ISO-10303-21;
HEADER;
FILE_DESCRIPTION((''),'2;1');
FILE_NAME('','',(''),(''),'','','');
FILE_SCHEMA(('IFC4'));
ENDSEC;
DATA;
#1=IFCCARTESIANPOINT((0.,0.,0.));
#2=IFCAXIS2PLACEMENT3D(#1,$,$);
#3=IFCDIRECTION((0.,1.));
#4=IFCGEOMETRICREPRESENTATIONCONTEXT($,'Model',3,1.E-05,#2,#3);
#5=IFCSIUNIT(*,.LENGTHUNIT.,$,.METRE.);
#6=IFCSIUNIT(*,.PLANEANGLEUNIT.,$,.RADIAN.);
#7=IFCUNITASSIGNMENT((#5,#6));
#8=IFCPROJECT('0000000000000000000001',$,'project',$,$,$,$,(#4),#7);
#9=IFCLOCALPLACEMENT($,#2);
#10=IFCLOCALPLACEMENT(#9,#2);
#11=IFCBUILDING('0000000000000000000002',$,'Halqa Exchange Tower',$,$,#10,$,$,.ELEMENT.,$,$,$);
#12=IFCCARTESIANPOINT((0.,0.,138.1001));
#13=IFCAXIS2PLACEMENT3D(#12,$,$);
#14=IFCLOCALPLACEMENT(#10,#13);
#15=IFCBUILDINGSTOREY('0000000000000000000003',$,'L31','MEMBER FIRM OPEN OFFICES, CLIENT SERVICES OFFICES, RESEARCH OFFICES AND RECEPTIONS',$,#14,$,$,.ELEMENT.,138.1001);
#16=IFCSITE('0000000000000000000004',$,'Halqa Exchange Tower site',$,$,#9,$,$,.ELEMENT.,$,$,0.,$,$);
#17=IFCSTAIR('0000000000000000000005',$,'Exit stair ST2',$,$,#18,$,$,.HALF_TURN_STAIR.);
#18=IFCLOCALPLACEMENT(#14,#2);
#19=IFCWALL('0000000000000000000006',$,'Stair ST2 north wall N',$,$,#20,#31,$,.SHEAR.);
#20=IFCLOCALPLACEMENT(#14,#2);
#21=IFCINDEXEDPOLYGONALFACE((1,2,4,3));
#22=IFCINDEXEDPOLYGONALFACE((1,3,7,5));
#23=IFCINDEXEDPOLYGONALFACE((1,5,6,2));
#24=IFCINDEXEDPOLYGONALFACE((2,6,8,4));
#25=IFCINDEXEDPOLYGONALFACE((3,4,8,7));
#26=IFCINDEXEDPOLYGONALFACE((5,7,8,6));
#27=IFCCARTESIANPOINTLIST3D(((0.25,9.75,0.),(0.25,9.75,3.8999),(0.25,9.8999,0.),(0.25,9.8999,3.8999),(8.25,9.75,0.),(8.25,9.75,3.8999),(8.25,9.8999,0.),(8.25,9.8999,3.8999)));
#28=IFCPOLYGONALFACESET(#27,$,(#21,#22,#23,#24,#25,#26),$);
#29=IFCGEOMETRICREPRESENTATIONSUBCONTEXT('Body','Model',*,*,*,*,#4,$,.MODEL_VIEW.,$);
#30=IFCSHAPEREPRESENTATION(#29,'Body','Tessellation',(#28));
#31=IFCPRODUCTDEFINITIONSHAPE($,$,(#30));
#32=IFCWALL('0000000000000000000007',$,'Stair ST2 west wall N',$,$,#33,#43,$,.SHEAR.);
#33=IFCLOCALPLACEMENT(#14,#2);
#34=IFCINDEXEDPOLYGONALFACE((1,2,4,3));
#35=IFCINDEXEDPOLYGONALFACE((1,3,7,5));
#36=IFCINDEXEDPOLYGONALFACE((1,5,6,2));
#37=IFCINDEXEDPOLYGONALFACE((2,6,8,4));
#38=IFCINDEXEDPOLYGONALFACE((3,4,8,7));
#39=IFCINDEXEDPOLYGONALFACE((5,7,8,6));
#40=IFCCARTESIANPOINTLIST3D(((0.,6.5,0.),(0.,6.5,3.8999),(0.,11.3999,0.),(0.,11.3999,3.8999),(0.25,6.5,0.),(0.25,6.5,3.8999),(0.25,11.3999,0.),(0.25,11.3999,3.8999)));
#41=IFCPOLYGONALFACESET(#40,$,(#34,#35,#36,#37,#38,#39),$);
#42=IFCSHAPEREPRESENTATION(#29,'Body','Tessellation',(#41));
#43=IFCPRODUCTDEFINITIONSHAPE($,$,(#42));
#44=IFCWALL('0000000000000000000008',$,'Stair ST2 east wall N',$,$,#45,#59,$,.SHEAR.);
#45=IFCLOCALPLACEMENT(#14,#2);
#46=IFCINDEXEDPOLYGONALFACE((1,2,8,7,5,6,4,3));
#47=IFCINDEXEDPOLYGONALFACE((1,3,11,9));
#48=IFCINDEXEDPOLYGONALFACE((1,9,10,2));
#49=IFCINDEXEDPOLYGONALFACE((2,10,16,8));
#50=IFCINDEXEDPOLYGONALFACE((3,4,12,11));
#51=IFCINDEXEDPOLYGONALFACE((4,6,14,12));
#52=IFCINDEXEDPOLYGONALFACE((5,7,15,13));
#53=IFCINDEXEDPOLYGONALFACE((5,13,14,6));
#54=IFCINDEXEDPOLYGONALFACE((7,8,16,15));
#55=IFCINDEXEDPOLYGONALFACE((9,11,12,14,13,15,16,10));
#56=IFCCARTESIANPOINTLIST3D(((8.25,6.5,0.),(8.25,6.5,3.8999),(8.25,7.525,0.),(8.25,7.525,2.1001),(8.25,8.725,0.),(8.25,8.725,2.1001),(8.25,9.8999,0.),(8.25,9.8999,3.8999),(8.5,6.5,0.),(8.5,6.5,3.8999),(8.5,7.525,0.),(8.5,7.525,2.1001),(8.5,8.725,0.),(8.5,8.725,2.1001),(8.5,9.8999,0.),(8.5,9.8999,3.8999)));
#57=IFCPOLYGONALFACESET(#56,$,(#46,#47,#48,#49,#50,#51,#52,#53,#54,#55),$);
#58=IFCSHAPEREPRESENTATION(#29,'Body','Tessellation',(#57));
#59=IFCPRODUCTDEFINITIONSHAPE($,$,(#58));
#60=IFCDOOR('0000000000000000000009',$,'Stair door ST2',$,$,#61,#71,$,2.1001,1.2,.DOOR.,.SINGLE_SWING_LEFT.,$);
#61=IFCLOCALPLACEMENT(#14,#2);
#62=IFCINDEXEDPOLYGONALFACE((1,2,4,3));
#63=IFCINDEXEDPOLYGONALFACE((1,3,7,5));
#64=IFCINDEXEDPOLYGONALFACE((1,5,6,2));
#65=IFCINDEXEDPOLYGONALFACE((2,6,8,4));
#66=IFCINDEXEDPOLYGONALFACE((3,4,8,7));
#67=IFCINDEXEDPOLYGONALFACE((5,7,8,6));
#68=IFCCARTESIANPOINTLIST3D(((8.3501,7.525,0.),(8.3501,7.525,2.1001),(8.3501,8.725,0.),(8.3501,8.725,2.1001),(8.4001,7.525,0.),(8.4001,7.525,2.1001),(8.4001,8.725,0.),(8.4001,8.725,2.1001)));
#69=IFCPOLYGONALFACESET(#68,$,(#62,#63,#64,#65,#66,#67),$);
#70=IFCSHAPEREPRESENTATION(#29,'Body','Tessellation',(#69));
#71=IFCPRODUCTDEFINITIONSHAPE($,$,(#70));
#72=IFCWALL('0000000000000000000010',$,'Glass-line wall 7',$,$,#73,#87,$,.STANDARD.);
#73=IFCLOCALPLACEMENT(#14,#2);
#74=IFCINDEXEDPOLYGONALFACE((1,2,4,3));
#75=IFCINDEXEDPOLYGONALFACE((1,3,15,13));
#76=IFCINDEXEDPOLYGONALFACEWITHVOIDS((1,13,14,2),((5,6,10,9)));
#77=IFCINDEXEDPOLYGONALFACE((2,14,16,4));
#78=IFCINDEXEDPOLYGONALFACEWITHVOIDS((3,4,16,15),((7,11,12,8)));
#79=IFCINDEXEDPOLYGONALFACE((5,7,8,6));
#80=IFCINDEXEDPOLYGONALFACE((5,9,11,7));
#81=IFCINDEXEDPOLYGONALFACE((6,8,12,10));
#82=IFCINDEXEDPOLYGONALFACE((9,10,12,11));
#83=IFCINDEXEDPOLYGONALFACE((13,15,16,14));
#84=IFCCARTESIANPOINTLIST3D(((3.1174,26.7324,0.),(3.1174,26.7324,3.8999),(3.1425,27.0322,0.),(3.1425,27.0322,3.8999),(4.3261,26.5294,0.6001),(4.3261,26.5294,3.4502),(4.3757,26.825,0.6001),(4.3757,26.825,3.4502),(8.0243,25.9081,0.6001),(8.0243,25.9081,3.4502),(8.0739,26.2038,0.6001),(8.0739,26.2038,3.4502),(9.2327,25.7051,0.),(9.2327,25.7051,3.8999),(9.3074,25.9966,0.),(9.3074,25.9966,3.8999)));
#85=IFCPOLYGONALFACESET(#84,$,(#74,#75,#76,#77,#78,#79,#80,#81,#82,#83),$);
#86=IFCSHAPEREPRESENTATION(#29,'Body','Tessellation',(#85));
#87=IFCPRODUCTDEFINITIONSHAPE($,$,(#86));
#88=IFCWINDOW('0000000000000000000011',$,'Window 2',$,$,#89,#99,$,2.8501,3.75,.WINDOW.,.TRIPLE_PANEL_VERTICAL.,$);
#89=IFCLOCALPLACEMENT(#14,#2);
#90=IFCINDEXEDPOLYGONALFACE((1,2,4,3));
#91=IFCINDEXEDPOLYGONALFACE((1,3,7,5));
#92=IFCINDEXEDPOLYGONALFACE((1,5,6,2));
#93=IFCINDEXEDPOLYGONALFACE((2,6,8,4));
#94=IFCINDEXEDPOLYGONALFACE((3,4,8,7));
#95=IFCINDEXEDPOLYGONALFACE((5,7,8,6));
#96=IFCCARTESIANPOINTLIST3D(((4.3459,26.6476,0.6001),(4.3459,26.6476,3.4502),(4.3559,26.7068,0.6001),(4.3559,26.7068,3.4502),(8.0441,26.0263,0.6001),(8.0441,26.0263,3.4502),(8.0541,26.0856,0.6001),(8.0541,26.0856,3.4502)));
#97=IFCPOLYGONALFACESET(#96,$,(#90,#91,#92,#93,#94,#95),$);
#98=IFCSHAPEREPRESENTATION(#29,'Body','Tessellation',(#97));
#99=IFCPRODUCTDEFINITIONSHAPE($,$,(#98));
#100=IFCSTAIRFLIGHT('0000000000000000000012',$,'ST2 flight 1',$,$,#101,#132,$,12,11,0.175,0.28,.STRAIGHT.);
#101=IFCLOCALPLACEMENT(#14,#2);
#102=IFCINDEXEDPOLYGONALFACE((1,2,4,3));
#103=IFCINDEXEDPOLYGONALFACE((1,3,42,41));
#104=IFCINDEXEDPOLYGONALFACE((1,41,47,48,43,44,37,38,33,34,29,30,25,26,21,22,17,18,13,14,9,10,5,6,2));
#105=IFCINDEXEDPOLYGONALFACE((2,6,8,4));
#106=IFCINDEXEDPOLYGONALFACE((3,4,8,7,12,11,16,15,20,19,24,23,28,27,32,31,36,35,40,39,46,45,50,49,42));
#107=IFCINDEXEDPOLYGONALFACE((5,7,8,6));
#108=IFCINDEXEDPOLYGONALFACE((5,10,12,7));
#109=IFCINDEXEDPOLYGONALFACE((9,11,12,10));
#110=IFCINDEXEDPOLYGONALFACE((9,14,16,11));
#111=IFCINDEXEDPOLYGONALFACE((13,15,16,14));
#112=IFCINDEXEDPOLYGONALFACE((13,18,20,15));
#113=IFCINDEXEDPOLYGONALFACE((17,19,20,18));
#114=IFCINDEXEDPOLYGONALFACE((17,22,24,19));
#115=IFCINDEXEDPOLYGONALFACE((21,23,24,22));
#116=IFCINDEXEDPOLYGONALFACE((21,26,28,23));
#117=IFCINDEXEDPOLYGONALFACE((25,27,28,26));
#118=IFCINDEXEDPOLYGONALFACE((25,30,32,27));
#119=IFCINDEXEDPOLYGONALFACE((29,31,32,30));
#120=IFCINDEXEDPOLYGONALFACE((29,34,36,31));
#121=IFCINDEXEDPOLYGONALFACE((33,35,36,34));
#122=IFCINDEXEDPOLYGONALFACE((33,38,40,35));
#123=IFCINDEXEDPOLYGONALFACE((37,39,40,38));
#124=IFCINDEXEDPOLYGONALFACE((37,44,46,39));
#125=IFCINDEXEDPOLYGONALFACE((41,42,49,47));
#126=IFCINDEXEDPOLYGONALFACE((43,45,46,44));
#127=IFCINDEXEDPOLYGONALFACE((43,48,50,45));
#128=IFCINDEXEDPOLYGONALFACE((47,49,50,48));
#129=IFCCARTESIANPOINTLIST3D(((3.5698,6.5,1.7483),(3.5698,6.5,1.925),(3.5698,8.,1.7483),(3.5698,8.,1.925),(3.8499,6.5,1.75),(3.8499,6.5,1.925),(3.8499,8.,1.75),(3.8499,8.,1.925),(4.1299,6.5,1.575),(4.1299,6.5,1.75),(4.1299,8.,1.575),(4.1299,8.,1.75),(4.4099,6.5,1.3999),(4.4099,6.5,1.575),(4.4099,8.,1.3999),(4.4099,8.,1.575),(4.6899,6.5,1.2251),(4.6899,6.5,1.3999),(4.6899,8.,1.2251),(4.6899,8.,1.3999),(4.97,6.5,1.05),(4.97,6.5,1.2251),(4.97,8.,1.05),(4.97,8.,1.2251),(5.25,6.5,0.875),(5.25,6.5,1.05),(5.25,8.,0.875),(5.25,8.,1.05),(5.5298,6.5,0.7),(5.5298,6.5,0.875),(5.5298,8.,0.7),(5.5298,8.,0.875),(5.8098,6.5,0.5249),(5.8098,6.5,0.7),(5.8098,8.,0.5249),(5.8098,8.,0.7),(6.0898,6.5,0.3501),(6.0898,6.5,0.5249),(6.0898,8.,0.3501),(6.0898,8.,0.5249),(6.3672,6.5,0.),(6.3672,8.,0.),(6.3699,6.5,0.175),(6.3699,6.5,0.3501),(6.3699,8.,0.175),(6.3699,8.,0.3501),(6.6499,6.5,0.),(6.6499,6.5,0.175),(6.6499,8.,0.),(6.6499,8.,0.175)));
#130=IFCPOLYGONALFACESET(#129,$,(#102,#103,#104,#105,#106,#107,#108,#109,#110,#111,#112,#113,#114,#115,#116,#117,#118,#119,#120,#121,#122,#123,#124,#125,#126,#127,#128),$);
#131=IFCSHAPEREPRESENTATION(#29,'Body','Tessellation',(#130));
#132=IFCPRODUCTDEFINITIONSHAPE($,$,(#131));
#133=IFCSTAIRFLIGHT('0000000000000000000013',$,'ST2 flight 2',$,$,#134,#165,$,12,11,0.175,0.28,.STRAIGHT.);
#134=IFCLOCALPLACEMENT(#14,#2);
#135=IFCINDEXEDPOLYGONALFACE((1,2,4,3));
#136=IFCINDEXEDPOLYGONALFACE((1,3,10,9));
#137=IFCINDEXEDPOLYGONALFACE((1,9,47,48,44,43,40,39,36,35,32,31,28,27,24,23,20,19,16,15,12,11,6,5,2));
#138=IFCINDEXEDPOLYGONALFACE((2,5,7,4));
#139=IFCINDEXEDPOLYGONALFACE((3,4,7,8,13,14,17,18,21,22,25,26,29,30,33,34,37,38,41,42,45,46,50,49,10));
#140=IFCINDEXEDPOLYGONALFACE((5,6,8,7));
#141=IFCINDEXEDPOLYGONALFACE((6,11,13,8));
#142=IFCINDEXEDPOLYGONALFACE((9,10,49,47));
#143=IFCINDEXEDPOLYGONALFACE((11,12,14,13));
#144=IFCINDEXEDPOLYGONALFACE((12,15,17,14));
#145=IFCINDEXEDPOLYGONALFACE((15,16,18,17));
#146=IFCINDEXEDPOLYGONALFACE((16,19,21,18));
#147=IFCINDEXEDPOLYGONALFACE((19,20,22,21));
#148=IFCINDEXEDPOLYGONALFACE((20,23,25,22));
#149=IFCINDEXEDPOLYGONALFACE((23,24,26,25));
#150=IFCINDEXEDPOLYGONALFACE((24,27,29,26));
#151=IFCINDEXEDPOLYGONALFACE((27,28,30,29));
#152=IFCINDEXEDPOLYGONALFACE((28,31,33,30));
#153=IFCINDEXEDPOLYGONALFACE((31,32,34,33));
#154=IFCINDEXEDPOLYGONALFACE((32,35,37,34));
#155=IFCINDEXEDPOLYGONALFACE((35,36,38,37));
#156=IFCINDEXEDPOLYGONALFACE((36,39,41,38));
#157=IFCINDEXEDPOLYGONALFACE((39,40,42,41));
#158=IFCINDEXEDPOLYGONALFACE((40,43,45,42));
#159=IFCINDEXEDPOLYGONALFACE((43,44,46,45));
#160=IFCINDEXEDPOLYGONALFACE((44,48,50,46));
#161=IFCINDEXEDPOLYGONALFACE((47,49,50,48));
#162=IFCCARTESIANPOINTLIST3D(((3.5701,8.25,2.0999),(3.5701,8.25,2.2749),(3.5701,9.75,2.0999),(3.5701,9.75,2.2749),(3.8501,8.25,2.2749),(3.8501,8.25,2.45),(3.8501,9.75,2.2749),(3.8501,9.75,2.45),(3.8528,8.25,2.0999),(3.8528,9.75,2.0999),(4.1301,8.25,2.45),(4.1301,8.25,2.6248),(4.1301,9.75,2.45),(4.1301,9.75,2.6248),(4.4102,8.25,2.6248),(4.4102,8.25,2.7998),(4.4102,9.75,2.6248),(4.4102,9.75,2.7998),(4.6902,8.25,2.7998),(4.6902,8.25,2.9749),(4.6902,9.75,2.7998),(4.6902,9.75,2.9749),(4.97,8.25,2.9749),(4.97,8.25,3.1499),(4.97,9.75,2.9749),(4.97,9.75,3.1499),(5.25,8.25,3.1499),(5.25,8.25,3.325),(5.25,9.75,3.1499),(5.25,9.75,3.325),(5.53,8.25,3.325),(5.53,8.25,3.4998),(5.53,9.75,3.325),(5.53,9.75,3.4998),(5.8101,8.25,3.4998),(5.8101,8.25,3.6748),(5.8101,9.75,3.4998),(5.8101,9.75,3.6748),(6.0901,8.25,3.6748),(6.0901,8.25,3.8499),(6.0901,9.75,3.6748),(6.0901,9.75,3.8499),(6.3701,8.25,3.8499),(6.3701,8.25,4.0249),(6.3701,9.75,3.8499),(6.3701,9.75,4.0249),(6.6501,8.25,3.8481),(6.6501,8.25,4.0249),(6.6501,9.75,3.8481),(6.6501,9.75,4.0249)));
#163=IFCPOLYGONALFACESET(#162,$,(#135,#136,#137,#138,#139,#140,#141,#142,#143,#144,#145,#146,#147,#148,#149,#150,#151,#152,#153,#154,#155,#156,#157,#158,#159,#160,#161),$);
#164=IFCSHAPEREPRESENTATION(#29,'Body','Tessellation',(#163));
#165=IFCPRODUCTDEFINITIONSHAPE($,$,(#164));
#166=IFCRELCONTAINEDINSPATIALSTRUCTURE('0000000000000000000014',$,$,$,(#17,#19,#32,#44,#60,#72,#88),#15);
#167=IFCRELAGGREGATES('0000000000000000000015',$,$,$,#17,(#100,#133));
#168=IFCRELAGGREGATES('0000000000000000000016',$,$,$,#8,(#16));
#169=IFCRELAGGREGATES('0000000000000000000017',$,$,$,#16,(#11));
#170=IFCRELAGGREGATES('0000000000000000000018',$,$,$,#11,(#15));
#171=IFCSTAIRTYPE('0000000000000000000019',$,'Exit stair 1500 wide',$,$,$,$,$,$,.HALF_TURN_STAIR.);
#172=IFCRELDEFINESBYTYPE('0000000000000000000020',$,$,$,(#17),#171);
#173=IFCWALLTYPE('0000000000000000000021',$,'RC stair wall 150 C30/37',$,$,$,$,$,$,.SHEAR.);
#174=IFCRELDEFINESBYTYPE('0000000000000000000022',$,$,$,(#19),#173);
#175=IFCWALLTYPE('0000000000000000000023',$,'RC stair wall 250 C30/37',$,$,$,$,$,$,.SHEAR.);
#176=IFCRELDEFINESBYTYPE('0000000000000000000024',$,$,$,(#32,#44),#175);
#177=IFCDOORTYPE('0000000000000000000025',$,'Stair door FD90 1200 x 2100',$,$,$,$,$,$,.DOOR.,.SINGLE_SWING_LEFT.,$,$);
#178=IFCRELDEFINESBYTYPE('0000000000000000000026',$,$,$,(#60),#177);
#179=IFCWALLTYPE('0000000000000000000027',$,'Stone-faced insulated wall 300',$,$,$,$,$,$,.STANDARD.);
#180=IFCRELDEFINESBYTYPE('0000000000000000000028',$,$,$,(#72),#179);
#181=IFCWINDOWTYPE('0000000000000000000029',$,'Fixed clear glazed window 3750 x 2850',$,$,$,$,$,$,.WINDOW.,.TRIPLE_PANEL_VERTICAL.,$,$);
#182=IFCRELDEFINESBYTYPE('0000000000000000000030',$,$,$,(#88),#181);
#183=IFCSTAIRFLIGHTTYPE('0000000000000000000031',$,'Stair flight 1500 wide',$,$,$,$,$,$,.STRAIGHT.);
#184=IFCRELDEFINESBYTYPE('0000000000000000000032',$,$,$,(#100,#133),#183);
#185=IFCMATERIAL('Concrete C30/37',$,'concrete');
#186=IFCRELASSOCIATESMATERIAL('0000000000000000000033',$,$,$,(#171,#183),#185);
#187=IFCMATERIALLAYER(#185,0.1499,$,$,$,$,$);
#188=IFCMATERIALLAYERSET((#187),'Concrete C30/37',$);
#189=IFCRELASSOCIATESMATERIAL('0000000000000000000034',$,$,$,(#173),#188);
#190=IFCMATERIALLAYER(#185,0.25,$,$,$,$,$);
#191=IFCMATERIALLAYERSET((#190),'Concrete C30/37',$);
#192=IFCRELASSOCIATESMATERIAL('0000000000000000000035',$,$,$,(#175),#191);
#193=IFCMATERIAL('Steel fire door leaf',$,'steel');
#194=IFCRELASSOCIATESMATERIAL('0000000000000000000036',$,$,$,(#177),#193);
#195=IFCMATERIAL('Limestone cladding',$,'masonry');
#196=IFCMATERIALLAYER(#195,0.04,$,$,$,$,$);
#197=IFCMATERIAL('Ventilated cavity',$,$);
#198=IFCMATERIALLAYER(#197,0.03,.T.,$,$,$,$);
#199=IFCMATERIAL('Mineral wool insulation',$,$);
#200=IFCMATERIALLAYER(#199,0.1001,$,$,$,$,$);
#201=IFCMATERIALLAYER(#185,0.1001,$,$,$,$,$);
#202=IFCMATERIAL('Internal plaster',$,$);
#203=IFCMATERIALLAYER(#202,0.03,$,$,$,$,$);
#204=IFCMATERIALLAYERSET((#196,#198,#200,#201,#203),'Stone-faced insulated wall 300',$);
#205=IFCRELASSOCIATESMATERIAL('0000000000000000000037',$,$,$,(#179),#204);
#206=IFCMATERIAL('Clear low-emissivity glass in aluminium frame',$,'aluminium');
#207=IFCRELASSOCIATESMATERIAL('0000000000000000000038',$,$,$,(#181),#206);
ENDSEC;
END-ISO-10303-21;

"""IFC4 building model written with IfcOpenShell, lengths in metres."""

from ifc_helpers import new_model, si_unit, direction, frame, frame_2d, origin, place, context, subcontext, project, spatial, polyline, rectangle, outline, extrude, material, layer, layer_set, type_object, element, fill, aggregate, save


model = new_model("IFC4")

# Units and contexts
model_context = context("Model", 3, precision=1e-05, world=origin(), true_north=direction((0.0, 1.0)))
body_context = subcontext(model_context, "Body", "Model", "MODEL_VIEW")
ifc_project = project(units=[si_unit("LENGTHUNIT", "METRE"), si_unit("PLANEANGLEUNIT", "RADIAN")], contexts=[model_context])

# Site, building, storey
site_placement = place(None, origin())
site = spatial("IfcSite", under=ifc_project, at=site_placement, Name="Halqa Exchange Tower site", CompositionType="ELEMENT", RefElevation=0.0)
building_placement = place(site_placement, origin())
building = spatial("IfcBuilding", under=site, at=building_placement, Name="Halqa Exchange Tower", CompositionType="ELEMENT")
storey_placement = place(building_placement, frame((0.0, 0.0, 138.1001)))
storey = spatial("IfcBuildingStorey", under=building, at=storey_placement, Name="L31", Description="MEMBER FIRM OPEN OFFICES, CLIENT SERVICES OFFICES, RESEARCH OFFICES AND RECEPTIONS", CompositionType="ELEMENT", Elevation=138.1001)

# Stair
ifc_material_1 = material(Name="Concrete C30/37", Category="concrete")
stair_type = type_object("IfcStairType", Name="Exit stair 1500 wide", PredefinedType="HALF_TURN_STAIR", material=ifc_material_1)
stair_1_placement = place(storey_placement, origin())
stair_1 = element("IfcStair", 1, at=stair_1_placement, inside=storey, type_object=stair_type, Name="Exit stair ST2", PredefinedType="HALF_TURN_STAIR")

# Walls
ifc_layer_1 = layer(ifc_material_1, 0.1499)
ifc_layer_set_1 = layer_set([ifc_layer_1], Name="Concrete C30/37")
wall_type_1 = type_object("IfcWallType", Name="RC stair wall 150 C30/37", PredefinedType="SHEAR", material=ifc_layer_set_1)
wall_1_placement = place(storey_placement, frame((0.25, 9.825, 0.0), z_axis=(0.0, 0.0, 1.0), x_axis=(1.0, 0.0, 0.0)))
element("IfcWall", 2, at=wall_1_placement, inside=storey, type_object=wall_type_1, Name="Stair ST2 north wall N", PredefinedType="SHEAR", context=body_context, shape_type="SweptSolid", body=[
    extrude(rectangle(XDim=8.0, YDim=0.1499, at=frame_2d((4.0, 0.0))), origin(), (0.0, 0.0, 1.0), 3.8999),
])
ifc_layer_2 = layer(ifc_material_1, 0.25)
ifc_layer_set_2 = layer_set([ifc_layer_2], Name="Concrete C30/37")
wall_type_2 = type_object("IfcWallType", Name="RC stair wall 250 C30/37", PredefinedType="SHEAR", material=ifc_layer_set_2)
wall_2_placement = place(storey_placement, frame((0.125, 6.5, 0.0), z_axis=(0.0, 0.0, 1.0), x_axis=(0.0, 1.0, 0.0)))
element("IfcWall", 3, at=wall_2_placement, inside=storey, type_object=wall_type_2, Name="Stair ST2 west wall N", PredefinedType="SHEAR", context=body_context, shape_type="SweptSolid", body=[
    extrude(rectangle(XDim=4.8999, YDim=0.25, at=frame_2d((2.45, 0.0))), origin(), (0.0, 0.0, 1.0), 3.8999),
])

# Wall, opening, door
wall_3_placement = place(storey_placement, frame((8.375, 6.5, 0.0), z_axis=(0.0, 0.0, 1.0), x_axis=(0.0, 1.0, 0.0)))
wall_3 = element("IfcWall", 4, at=wall_3_placement, inside=storey, type_object=wall_type_2, Name="Stair ST2 east wall N", PredefinedType="SHEAR", context=body_context, shape_type="SweptSolid", body=[
    extrude(rectangle(XDim=3.3999, YDim=0.25, at=frame_2d((1.7, 0.0))), origin(), (0.0, 0.0, 1.0), 3.8999),
])
opening_1_placement = place(wall_3_placement, frame((1.0249, 0.0, 0.0)))
opening_1 = element("IfcOpeningElement", 5, at=opening_1_placement, cuts=wall_3, PredefinedType="OPENING", context=body_context, shape_type="SweptSolid", body=[
    extrude(rectangle(XDim=1.2, YDim=2.1001, at=frame_2d((0.6001, 1.05))), frame((0.0, 0.137, 0.0), z_axis=(0.0, -1.0, 0.0), x_axis=(1.0, 0.0, 0.0)), (0.0, 0.0, 1.0), 0.2739),
])
ifc_material_2 = material(Name="Steel fire door leaf", Category="steel")
door_type_1 = type_object("IfcDoorType", Name="Stair door FD90 1200 x 2100", OperationType="SINGLE_SWING_LEFT", PredefinedType="DOOR", material=ifc_material_2)
door_1_placement = place(opening_1_placement, origin())
door_1 = element("IfcDoor", 6, at=door_1_placement, inside=storey, type_object=door_type_1, Name="Stair door ST2", OperationType="SINGLE_SWING_LEFT", OverallHeight=2.1001, OverallWidth=1.2, PredefinedType="DOOR", context=body_context, shape_type="SweptSolid", body=[
    extrude(rectangle(XDim=1.2, YDim=2.1001, at=frame_2d((0.6001, 1.05))), frame((0.0, 0.0249, 0.0), z_axis=(0.0, -1.0, 0.0), x_axis=(1.0, 0.0, 0.0)), (0.0, 0.0, 1.0), 0.05),
])
fill(opening_1, door_1)

# Wall, opening, window
ifc_material_3 = material(Name="Limestone cladding", Category="masonry")
ifc_layer_3 = layer(ifc_material_3, 0.04)
ifc_material_4 = material(Name="Ventilated cavity")
ifc_layer_4 = layer(ifc_material_4, 0.03, ventilated=True)
ifc_material_5 = material(Name="Mineral wool insulation")
ifc_layer_5 = layer(ifc_material_5, 0.1001)
ifc_layer_6 = layer(ifc_material_1, 0.1001)
ifc_material_6 = material(Name="Internal plaster")
ifc_layer_7 = layer(ifc_material_6, 0.03)
ifc_layer_set_3 = layer_set([ifc_layer_3, ifc_layer_4, ifc_layer_5, ifc_layer_6, ifc_layer_7], Name="Stone-faced insulated wall 300")
wall_type_3 = type_object("IfcWallType", Name="Stone-faced insulated wall 300", PredefinedType="STANDARD", material=ifc_layer_set_3)
wall_4_placement = place(storey_placement, frame((9.27, 25.8508, 0.0), z_axis=(0.0, 0.0, 1.0), x_axis=(-0.986181, 0.165671, 0.0)))
wall_4 = element("IfcWall", 7, at=wall_4_placement, inside=storey, type_object=wall_type_3, Name="Glass-line wall 7", PredefinedType="STANDARD", context=body_context, shape_type="SweptSolid", body=[
    extrude(outline(polyline([(-0.0127, -0.1499), (6.2385, -0.1499), (6.2136, 0.1499), (0.0127, 0.1499), (-0.0127, -0.1499)])), origin(), (0.0, 0.0, 1.0), 3.8999),
])
opening_2_placement = place(wall_4_placement, frame((1.238, 0.0, 0.6001)))
opening_2 = element("IfcOpeningElement", 8, at=opening_2_placement, cuts=wall_4, PredefinedType="OPENING", context=body_context, shape_type="SweptSolid", body=[
    extrude(rectangle(XDim=3.75, YDim=2.8501, at=frame_2d((1.875, 1.425))), frame((0.0, 0.1621, 0.0), z_axis=(0.0, -1.0, 0.0), x_axis=(1.0, 0.0, 0.0)), (0.0, 0.0, 1.0), 0.324),
])
ifc_material_7 = material(Name="Clear low-emissivity glass in aluminium frame", Category="aluminium")
window_type = type_object("IfcWindowType", Name="Fixed clear glazed window 3750 x 2850", PartitioningType="TRIPLE_PANEL_VERTICAL", PredefinedType="WINDOW", material=ifc_material_7)
window_placement = place(opening_2_placement, origin())
window = element("IfcWindow", 9, at=window_placement, inside=storey, type_object=window_type, Name="Window 2", OverallHeight=2.8501, OverallWidth=3.75, PartitioningType="TRIPLE_PANEL_VERTICAL", PredefinedType="WINDOW", context=body_context, shape_type="SweptSolid", body=[
    extrude(rectangle(XDim=3.75, YDim=2.8501, at=frame_2d((1.875, 1.425))), frame((0.0, 0.03, 0.0), z_axis=(0.0, -1.0, 0.0), x_axis=(1.0, 0.0, 0.0)), (0.0, 0.0, 1.0), 0.0601),
])
fill(opening_2, window)

# Stair flights
stair_flight_type = type_object("IfcStairFlightType", Name="Stair flight 1500 wide", PredefinedType="STRAIGHT", material=ifc_material_1)
stair_flight_1_placement = place(storey_placement, frame((6.6499, 7.25, 0.0), z_axis=(0.0, 0.0, 1.0), x_axis=(-1.0, 0.0, 0.0)))
stair_flight_1 = element("IfcStairFlight", 10, at=stair_flight_1_placement, type_object=stair_flight_type, Name="ST2 flight 1", NumberOfRisers=12, NumberOfTreads=11, PredefinedType="STRAIGHT", RiserHeight=0.175, TreadLength=0.28, context=body_context, shape_type="SweptSolid", body=[
    extrude(outline(polyline([(0.0, 0.0), (0.0, 0.175), (0.28, 0.175), (0.28, 0.3501), (0.5601, 0.3501), (0.5601, 0.5249), (0.8401, 0.5249), (0.8401, 0.7), (1.1201, 0.7), (1.1201, 0.875), (1.3999, 0.875), (1.3999, 1.05), (1.6799, 1.05), (1.6799, 1.2251), (1.96, 1.2251), (1.96, 1.3999), (2.24, 1.3999), (2.24, 1.575), (2.52, 1.575), (2.52, 1.75), (2.8, 1.75), (2.8, 1.925), (3.0801, 1.925), (3.0801, 2.1001), (3.0801, 1.7483), (0.2827, 0.0), (0.0, 0.0)])), frame((0.0, 0.75, 0.0), z_axis=(0.0, -1.0, 0.0), x_axis=(1.0, 0.0, 0.0)), (0.0, 0.0, 1.0), 1.5),
])
stair_flight_2_placement = place(storey_placement, frame((3.5701, 9.0, 2.0999), z_axis=(0.0, 0.0, 1.0), x_axis=(1.0, 0.0, 0.0)))
stair_flight_2 = element("IfcStairFlight", 11, at=stair_flight_2_placement, type_object=stair_flight_type, Name="ST2 flight 2", NumberOfRisers=12, NumberOfTreads=11, PredefinedType="STRAIGHT", RiserHeight=0.175, TreadLength=0.28, context=body_context, shape_type="SweptSolid", body=[
    extrude(outline(polyline([(0.0, 0.0), (0.0, 0.175), (0.28, 0.175), (0.28, 0.3501), (0.5601, 0.3501), (0.5601, 0.5249), (0.8401, 0.5249), (0.8401, 0.7), (1.1201, 0.7), (1.1201, 0.875), (1.3999, 0.875), (1.3999, 1.05), (1.6799, 1.05), (1.6799, 1.2251), (1.96, 1.2251), (1.96, 1.3999), (2.24, 1.3999), (2.24, 1.575), (2.52, 1.575), (2.52, 1.75), (2.8, 1.75), (2.8, 1.925), (3.0801, 1.925), (3.0801, 2.1001), (3.0801, 1.7483), (0.2827, 0.0), (0.0, 0.0)])), frame((0.0, 0.75, 0.0), z_axis=(0.0, -1.0, 0.0), x_axis=(1.0, 0.0, 0.0)), (0.0, 0.0, 1.0), 1.5),
])
aggregate(stair_1, [stair_flight_1, stair_flight_2])

save(model, "model.ifc")
